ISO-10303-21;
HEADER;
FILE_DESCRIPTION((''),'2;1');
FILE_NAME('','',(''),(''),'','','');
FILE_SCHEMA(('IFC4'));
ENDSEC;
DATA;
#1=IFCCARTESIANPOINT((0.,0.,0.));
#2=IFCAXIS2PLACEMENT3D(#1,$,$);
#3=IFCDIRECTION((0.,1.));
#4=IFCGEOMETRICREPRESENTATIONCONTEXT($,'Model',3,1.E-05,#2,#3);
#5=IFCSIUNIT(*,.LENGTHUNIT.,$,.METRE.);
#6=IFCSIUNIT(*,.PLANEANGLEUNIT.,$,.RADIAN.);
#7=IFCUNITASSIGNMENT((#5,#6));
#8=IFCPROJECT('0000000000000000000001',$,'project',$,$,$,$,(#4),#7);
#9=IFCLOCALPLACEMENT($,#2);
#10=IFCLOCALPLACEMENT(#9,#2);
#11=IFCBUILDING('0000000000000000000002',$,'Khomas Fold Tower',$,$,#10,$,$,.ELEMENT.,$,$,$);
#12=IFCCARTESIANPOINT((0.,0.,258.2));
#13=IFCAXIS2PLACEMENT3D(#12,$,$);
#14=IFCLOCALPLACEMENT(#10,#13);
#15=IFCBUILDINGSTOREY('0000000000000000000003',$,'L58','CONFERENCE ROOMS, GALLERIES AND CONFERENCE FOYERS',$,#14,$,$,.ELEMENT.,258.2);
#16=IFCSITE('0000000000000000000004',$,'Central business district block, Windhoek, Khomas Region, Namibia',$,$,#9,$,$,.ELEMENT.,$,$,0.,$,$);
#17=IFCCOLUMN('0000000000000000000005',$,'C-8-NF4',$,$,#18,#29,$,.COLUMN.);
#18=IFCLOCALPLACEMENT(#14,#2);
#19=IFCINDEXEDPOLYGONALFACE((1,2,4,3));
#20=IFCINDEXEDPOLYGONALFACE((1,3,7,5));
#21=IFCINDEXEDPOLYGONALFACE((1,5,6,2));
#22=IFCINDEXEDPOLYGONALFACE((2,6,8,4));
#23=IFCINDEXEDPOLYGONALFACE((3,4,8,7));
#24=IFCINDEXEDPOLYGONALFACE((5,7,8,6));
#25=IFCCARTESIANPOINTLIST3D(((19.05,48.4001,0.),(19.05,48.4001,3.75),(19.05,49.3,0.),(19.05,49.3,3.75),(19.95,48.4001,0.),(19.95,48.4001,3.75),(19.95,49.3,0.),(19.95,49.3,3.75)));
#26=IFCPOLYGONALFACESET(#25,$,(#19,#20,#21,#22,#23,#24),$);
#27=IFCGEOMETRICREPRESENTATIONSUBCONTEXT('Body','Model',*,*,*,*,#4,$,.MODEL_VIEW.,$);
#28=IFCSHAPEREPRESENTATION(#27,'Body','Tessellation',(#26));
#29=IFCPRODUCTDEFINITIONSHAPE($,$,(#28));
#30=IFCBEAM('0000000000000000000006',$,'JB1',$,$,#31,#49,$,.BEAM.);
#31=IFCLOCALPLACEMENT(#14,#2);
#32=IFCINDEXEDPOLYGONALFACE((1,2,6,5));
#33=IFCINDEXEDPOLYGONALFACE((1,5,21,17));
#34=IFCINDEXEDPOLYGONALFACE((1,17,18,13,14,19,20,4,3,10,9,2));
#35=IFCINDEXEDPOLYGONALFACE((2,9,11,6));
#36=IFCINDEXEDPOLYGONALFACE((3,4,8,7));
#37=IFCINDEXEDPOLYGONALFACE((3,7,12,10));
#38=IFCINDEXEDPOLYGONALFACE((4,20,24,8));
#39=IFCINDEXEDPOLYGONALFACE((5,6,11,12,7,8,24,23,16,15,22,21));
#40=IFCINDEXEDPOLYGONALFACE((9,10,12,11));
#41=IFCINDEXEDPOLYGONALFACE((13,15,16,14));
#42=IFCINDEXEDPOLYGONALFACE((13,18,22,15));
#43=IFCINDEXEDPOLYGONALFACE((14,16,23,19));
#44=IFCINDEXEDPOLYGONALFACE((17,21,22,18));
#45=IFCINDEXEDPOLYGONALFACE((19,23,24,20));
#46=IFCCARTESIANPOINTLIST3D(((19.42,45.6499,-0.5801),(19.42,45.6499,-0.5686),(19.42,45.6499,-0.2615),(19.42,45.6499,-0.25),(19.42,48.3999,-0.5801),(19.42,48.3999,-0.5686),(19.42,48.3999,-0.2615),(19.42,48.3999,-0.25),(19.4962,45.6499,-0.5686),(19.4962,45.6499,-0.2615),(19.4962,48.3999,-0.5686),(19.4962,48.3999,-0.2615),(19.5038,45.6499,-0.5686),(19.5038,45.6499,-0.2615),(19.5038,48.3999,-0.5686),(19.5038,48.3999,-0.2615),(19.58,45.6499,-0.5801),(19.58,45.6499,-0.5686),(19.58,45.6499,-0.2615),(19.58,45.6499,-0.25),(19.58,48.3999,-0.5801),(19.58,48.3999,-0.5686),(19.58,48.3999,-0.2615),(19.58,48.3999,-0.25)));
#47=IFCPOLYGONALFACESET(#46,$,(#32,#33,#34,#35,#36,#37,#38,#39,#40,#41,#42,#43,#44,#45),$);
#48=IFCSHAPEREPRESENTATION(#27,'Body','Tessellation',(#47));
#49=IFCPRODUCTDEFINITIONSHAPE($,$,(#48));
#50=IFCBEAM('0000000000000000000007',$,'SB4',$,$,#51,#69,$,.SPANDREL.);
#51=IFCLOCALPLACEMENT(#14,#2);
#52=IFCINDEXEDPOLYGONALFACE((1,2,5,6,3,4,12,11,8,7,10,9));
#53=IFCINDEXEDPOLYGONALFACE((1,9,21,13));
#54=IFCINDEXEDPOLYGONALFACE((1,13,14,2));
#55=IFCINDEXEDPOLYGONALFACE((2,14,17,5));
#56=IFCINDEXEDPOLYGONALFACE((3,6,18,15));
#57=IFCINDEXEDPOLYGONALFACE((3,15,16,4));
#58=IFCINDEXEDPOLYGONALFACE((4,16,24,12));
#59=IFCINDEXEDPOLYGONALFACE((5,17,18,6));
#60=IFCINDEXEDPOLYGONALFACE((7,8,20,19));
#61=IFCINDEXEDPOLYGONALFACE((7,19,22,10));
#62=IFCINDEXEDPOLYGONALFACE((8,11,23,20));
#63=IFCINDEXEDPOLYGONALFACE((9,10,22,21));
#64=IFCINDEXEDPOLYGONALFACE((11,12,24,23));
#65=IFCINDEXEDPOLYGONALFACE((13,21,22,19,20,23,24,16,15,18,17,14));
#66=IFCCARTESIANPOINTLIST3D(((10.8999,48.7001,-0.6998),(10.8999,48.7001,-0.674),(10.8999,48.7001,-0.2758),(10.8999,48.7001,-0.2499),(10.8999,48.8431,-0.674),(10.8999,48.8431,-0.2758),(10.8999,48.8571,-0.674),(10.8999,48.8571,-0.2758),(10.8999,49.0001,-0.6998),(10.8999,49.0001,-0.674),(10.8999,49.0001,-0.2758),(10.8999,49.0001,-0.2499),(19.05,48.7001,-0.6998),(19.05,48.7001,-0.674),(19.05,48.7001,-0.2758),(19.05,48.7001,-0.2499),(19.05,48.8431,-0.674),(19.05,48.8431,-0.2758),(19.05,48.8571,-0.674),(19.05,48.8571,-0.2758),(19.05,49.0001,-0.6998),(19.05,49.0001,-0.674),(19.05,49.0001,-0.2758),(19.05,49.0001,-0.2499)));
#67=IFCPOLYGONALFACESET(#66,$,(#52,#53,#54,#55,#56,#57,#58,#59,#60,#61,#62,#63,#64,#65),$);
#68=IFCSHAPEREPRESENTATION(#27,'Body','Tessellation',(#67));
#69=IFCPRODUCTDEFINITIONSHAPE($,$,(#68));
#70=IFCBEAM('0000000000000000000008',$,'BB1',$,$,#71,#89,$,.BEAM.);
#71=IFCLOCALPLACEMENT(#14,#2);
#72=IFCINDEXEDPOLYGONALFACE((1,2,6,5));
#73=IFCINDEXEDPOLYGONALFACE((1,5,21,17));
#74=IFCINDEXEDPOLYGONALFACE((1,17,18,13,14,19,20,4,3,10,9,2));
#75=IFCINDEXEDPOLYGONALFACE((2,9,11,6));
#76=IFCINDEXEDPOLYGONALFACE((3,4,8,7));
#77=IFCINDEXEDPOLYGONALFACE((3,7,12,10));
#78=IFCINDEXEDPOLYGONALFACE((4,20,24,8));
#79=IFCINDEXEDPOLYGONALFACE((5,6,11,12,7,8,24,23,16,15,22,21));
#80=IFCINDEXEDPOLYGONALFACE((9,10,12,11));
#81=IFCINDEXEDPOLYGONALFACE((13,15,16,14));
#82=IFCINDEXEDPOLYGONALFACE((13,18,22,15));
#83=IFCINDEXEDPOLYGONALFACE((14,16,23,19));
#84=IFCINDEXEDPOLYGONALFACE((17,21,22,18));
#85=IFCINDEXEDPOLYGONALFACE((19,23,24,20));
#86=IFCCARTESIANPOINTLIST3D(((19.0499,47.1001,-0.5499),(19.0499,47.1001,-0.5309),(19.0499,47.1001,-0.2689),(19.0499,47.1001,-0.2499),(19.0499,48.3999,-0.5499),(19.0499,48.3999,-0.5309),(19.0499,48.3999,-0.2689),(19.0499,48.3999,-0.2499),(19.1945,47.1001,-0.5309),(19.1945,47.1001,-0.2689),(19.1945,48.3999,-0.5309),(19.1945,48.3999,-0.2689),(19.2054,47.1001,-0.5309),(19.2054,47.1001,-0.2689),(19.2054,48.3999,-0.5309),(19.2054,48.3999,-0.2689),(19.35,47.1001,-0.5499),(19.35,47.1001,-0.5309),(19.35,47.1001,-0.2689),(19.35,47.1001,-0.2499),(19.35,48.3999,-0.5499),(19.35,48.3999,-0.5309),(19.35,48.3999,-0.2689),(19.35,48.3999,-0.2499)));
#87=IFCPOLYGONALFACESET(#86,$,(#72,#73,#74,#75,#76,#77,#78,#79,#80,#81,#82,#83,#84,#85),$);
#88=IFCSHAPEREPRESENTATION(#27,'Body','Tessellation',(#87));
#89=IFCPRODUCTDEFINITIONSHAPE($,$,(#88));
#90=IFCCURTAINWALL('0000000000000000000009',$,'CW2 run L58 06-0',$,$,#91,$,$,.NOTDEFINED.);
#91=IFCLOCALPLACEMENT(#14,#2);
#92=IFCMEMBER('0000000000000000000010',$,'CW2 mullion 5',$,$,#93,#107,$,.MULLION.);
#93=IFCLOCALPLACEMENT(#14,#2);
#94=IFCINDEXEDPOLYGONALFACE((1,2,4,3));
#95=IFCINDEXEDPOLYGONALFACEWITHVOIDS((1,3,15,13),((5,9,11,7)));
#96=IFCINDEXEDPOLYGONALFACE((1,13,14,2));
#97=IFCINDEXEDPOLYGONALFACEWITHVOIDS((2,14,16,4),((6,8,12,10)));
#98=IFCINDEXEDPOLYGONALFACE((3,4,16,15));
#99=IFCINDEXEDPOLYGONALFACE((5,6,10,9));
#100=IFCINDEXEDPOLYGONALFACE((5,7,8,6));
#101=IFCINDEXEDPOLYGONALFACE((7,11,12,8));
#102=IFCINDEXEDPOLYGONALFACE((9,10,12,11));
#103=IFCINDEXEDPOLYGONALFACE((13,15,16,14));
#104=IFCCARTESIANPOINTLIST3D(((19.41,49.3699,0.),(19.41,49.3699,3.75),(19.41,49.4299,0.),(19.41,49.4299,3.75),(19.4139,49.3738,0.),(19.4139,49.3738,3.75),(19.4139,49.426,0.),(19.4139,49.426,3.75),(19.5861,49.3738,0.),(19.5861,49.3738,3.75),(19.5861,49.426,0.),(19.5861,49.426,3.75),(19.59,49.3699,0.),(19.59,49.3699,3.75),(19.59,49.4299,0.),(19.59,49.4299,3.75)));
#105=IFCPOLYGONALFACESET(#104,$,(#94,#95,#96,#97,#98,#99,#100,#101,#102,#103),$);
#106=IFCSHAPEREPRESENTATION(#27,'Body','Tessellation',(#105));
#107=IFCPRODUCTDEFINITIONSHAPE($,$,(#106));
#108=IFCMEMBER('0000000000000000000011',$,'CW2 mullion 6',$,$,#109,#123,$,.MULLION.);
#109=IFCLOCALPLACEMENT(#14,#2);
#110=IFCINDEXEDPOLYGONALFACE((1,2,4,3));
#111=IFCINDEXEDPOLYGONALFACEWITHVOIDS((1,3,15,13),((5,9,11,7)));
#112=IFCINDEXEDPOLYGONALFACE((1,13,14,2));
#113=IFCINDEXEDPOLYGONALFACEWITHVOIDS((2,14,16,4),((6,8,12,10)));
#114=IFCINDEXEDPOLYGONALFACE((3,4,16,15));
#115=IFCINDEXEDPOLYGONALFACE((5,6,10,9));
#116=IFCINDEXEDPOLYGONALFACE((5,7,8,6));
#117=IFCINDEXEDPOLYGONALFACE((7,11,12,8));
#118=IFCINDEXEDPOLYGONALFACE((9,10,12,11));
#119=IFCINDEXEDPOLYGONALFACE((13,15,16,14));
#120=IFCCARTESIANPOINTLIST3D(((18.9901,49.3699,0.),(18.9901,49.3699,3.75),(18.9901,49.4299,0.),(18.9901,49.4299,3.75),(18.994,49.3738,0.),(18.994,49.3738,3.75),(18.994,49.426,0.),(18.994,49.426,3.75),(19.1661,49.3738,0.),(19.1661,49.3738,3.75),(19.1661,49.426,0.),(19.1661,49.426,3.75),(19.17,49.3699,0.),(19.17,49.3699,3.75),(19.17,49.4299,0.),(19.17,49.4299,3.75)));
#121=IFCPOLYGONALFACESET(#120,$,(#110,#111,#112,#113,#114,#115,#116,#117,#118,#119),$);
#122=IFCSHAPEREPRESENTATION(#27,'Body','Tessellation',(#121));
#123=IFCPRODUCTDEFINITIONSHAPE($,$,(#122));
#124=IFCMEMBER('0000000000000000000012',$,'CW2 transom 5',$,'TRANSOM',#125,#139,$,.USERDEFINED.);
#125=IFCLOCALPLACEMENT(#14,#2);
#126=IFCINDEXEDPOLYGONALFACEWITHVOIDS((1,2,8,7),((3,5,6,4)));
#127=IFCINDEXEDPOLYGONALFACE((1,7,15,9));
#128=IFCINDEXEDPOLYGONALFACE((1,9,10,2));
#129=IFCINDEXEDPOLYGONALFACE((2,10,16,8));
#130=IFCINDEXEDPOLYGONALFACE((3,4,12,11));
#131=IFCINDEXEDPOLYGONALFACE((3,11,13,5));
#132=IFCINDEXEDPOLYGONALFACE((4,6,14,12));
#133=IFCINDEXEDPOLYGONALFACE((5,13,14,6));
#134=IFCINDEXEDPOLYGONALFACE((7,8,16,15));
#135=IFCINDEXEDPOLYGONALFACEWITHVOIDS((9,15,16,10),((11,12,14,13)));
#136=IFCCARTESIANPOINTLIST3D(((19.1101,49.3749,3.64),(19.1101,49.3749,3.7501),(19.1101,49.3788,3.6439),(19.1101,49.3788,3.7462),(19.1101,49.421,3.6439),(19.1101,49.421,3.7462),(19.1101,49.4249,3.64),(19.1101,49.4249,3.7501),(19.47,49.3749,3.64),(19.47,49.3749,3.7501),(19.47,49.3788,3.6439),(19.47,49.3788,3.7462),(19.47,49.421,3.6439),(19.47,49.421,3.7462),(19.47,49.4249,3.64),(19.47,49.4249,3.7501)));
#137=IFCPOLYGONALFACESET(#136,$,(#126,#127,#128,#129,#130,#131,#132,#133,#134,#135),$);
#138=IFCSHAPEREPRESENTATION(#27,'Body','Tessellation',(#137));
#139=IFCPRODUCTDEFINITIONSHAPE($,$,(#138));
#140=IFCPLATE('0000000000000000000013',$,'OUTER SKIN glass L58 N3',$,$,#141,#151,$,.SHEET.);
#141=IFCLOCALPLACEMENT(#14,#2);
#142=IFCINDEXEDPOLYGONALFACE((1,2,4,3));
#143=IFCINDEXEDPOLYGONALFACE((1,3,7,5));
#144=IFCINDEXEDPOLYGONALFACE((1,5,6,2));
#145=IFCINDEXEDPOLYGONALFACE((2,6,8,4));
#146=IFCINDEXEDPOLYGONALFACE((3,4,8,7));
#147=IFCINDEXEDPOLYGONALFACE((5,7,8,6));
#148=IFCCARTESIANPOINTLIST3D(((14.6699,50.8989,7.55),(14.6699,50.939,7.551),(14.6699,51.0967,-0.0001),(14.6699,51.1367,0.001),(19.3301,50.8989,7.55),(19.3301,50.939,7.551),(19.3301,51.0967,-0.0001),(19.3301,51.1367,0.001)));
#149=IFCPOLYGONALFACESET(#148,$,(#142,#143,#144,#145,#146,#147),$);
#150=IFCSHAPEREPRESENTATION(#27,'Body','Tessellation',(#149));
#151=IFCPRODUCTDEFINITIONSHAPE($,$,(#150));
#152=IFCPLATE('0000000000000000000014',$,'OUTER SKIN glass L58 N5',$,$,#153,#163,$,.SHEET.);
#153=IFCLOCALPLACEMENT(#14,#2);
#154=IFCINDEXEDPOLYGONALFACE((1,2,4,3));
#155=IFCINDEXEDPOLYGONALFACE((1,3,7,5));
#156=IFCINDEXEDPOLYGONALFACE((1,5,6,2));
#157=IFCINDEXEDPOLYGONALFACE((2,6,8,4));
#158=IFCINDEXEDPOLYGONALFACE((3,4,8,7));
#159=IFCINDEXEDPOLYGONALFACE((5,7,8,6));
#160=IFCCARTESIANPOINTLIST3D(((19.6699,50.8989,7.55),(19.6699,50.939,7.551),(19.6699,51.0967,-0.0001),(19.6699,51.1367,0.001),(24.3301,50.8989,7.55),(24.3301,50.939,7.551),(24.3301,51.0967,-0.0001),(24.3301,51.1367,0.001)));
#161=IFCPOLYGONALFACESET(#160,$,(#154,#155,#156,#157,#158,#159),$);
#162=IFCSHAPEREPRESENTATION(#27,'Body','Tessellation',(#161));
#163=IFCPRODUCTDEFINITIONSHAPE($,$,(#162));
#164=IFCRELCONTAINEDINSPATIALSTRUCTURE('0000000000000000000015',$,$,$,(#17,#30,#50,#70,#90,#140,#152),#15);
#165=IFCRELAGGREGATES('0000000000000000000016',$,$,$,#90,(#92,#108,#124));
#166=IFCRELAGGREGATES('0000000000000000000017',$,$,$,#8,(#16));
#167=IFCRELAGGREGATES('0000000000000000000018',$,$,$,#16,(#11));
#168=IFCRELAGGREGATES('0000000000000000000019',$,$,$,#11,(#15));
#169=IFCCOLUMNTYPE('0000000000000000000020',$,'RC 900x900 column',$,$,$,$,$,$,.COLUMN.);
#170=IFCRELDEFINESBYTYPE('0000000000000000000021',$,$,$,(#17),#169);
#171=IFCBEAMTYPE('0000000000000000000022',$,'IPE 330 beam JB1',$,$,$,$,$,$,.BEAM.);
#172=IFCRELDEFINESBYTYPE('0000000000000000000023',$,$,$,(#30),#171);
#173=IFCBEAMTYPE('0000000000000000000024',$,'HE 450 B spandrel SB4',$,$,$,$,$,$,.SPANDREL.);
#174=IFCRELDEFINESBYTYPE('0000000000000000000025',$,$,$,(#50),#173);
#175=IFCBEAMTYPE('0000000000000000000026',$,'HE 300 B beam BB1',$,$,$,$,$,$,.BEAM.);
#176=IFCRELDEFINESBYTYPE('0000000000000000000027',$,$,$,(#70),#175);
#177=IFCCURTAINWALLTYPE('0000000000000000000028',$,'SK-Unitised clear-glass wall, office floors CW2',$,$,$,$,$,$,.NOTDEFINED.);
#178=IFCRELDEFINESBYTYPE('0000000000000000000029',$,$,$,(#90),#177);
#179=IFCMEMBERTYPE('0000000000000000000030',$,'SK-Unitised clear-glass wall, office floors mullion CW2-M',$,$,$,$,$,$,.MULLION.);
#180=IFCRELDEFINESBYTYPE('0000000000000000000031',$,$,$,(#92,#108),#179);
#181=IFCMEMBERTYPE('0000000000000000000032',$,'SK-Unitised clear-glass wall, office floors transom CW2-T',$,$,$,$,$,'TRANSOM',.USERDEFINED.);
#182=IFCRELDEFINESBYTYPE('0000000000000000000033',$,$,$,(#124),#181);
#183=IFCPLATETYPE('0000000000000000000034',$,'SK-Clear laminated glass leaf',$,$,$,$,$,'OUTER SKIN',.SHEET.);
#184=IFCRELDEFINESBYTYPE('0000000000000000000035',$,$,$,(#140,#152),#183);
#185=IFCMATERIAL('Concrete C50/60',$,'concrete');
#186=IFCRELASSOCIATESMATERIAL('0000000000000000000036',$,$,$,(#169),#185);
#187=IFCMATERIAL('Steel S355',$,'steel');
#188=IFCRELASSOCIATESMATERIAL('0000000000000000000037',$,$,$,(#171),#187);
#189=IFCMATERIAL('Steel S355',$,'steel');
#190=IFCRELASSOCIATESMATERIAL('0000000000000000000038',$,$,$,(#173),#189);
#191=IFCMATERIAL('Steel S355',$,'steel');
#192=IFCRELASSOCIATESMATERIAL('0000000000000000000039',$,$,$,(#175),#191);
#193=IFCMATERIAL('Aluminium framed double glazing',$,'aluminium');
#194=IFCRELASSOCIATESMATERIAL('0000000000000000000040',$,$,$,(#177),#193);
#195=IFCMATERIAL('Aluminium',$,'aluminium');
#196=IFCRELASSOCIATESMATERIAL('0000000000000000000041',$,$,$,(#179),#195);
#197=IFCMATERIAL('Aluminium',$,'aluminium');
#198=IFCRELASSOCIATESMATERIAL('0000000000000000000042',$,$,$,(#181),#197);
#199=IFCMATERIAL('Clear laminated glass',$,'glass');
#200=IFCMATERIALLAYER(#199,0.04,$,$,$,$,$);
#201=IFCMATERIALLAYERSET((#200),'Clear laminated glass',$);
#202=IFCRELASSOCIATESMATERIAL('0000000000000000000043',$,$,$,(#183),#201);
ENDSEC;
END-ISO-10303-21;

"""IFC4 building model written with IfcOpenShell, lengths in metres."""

from ifc_helpers import new_model, si_unit, direction, frame, origin, origin_2d, place, context, subcontext, project, spatial, polyline, rectangle, hollow_rectangle, i_section, outline, extrude, source, transform, mapped, material, layer, layer_set, material_profile, profile_set, type_object, element, aggregate, save


model = new_model("IFC4")

# Units and contexts
model_context = context("Model", 3, precision=1e-05, world=origin(), true_north=direction((0.0, 1.0)))
body_context = subcontext(model_context, "Body", "Model", "MODEL_VIEW")
ifc_project = project(units=[si_unit("LENGTHUNIT", "METRE"), si_unit("PLANEANGLEUNIT", "RADIAN")], contexts=[model_context])

# Site, building, storey
site_placement = place(None, origin())
site = spatial("IfcSite", under=ifc_project, at=site_placement, Name="Central business district block, Windhoek, Khomas Region, Namibia", CompositionType="ELEMENT", RefElevation=0.0)
building_placement = place(site_placement, origin())
building = spatial("IfcBuilding", under=site, at=building_placement, Name="Khomas Fold Tower", CompositionType="ELEMENT")
storey_placement = place(building_placement, frame((0.0, 0.0, 258.2)))
storey = spatial("IfcBuildingStorey", under=building, at=storey_placement, Name="L58", Description="CONFERENCE ROOMS, GALLERIES AND CONFERENCE FOYERS", CompositionType="ELEMENT", Elevation=258.2)

# Column
ifc_material_1 = material(Name="Concrete C50/60", Category="concrete")
ifc_material_profile_1 = material_profile(ifc_material_1, rectangle(XDim=0.8999, YDim=0.8999, at=origin_2d()), Name="RC 900x900")
ifc_profile_set_1 = profile_set([ifc_material_profile_1], Name="Concrete C50/60")
column_type = type_object("IfcColumnType", Name="RC 900x900 column", PredefinedType="COLUMN", material=ifc_profile_set_1)
shared_shape_1 = source(origin(), body_context, "Body", "SweptSolid", [
    extrude(rectangle(XDim=0.8999, YDim=0.8999, at=origin_2d()), origin(), (0.0, 0.0, 1.0), 3.75),
])
column_placement = place(storey_placement, frame((19.5, 48.8501, 0.0), z_axis=(0.0, 0.0, 1.0), x_axis=(1.0, 0.0, 0.0)))
element("IfcColumn", 1, at=column_placement, inside=storey, type_object=column_type, Name="C-8-NF4", PredefinedType="COLUMN", context=body_context, shape_type="MappedRepresentation", body=[
    mapped(shared_shape_1, transform((0.0, 0.0, 0.0))),
])

# Beams
ifc_material_2 = material(Name="Steel S355", Category="steel")
ifc_material_profile_2 = material_profile(ifc_material_2, i_section(OverallWidth=0.1599, OverallDepth=0.3301, WebThickness=0.0076, FlangeThickness=0.0115, at=origin_2d()), Name="IPE 330")
ifc_profile_set_2 = profile_set([ifc_material_profile_2], Name="Steel S355")
beam_type_1 = type_object("IfcBeamType", Name="IPE 330 beam JB1", PredefinedType="BEAM", material=ifc_profile_set_2)
shared_shape_2 = source(origin(), body_context, "Body", "SweptSolid", [
    extrude(i_section(OverallWidth=0.1599, OverallDepth=0.3301, WebThickness=0.0076, FlangeThickness=0.0115, at=origin_2d()), origin(), (0.0, 0.0, 1.0), 2.75),
])
beam_1_placement = place(storey_placement, frame((19.5, 45.6499, -0.415), z_axis=(0.0, 1.0, 0.0), x_axis=(-1.0, 0.0, 0.0)))
element("IfcBeam", 2, at=beam_1_placement, inside=storey, type_object=beam_type_1, Name="JB1", PredefinedType="BEAM", context=body_context, shape_type="MappedRepresentation", body=[
    mapped(shared_shape_2, transform((0.0, 0.0, 0.0))),
])
ifc_material_3 = material(Name="Steel S355", Category="steel")
ifc_material_profile_3 = material_profile(ifc_material_3, i_section(OverallWidth=0.3, OverallDepth=0.45, WebThickness=0.0139, FlangeThickness=0.0259, at=origin_2d()), Name="HE 450 B")
ifc_profile_set_3 = profile_set([ifc_material_profile_3], Name="Steel S355")
beam_type_2 = type_object("IfcBeamType", Name="HE 450 B spandrel SB4", PredefinedType="SPANDREL", material=ifc_profile_set_3)
shared_shape_3 = source(origin(), body_context, "Body", "SweptSolid", [
    extrude(i_section(OverallWidth=0.3, OverallDepth=0.45, WebThickness=0.0139, FlangeThickness=0.0259, at=origin_2d()), origin(), (0.0, 0.0, 1.0), 8.1501),
])
beam_2_placement = place(storey_placement, frame((10.8999, 48.8501, -0.4749), z_axis=(1.0, 0.0, 0.0), x_axis=(0.0, 1.0, 0.0)))
element("IfcBeam", 3, at=beam_2_placement, inside=storey, type_object=beam_type_2, Name="SB4", PredefinedType="SPANDREL", context=body_context, shape_type="MappedRepresentation", body=[
    mapped(shared_shape_3, transform((0.0, 0.0, 0.0))),
])
ifc_material_4 = material(Name="Steel S355", Category="steel")
ifc_material_profile_4 = material_profile(ifc_material_4, i_section(OverallWidth=0.3, OverallDepth=0.3, WebThickness=0.011, FlangeThickness=0.019, at=origin_2d()), Name="HE 300 B")
ifc_profile_set_4 = profile_set([ifc_material_profile_4], Name="Steel S355")
beam_type_3 = type_object("IfcBeamType", Name="HE 300 B beam BB1", PredefinedType="BEAM", material=ifc_profile_set_4)
shared_shape_4 = source(origin(), body_context, "Body", "SweptSolid", [
    extrude(i_section(OverallWidth=0.3, OverallDepth=0.3, WebThickness=0.011, FlangeThickness=0.019, at=origin_2d()), origin(), (0.0, 0.0, 1.0), 1.2998),
])
beam_3_placement = place(storey_placement, frame((19.2, 47.1001, -0.3999), z_axis=(0.0, 1.0, 0.0), x_axis=(-1.0, 0.0, 0.0)))
element("IfcBeam", 4, at=beam_3_placement, inside=storey, type_object=beam_type_3, Name="BB1", PredefinedType="BEAM", context=body_context, shape_type="MappedRepresentation", body=[
    mapped(shared_shape_4, transform((0.0, 0.0, 0.0))),
])

# Curtain wall, members
ifc_material_5 = material(Name="Aluminium framed double glazing", Category="aluminium")
curtain_wall_type = type_object("IfcCurtainWallType", Name="SK-Unitised clear-glass wall, office floors CW2", PredefinedType="NOTDEFINED", material=ifc_material_5)
curtain_wall_placement = place(storey_placement, origin())
curtain_wall = element("IfcCurtainWall", 5, at=curtain_wall_placement, inside=storey, type_object=curtain_wall_type, Name="CW2 run L58 06-0", PredefinedType="NOTDEFINED")
ifc_material_6 = material(Name="Aluminium", Category="aluminium")
ifc_material_profile_5 = material_profile(ifc_material_6, hollow_rectangle(XDim=0.0601, YDim=0.1799, WallThickness=0.0039, at=origin_2d()), Name="SK-Unitised clear-glass wall, office floors mullion CW2-M")
ifc_profile_set_5 = profile_set([ifc_material_profile_5], Name="Aluminium")
member_type_1 = type_object("IfcMemberType", Name="SK-Unitised clear-glass wall, office floors mullion CW2-M", PredefinedType="MULLION", material=ifc_profile_set_5)
shared_shape_5 = source(origin(), body_context, "Body", "SweptSolid", [
    extrude(hollow_rectangle(XDim=0.0601, YDim=0.1799, WallThickness=0.0039, at=origin_2d()), origin(), (0.0, 0.0, 1.0), 3.75),
])
member_1_placement = place(storey_placement, frame((19.5, 49.3999, 0.0), z_axis=(0.0, 0.0, 1.0), x_axis=(0.0, -1.0, 0.0)))
member_1 = element("IfcMember", 6, at=member_1_placement, type_object=member_type_1, Name="CW2 mullion 5", PredefinedType="MULLION", context=body_context, shape_type="MappedRepresentation", body=[
    mapped(shared_shape_5, transform((0.0, 0.0, 0.0))),
])
member_2_placement = place(storey_placement, frame((19.0801, 49.3999, 0.0), z_axis=(0.0, 0.0, 1.0), x_axis=(0.0, -1.0, 0.0)))
member_2 = element("IfcMember", 7, at=member_2_placement, type_object=member_type_1, Name="CW2 mullion 6", PredefinedType="MULLION", context=body_context, shape_type="MappedRepresentation", body=[
    mapped(shared_shape_5, transform((0.0, 0.0, 0.0))),
])
ifc_material_7 = material(Name="Aluminium", Category="aluminium")
ifc_material_profile_6 = material_profile(ifc_material_7, hollow_rectangle(XDim=0.05, YDim=0.1101, WallThickness=0.0039, at=origin_2d()), Name="SK-Unitised clear-glass wall, office floors transom CW2-T")
ifc_profile_set_6 = profile_set([ifc_material_profile_6], Name="Aluminium")
member_type_2 = type_object("IfcMemberType", Name="SK-Unitised clear-glass wall, office floors transom CW2-T", ElementType="TRANSOM", PredefinedType="USERDEFINED", material=ifc_profile_set_6)
shared_shape_6 = source(origin(), body_context, "Body", "SweptSolid", [
    extrude(hollow_rectangle(XDim=0.05, YDim=0.1101, WallThickness=0.0039, at=origin_2d()), origin(), (0.0, 0.0, 1.0), 0.3599),
])
member_3_placement = place(storey_placement, frame((19.47, 49.3999, 3.6951), z_axis=(-1.0, 0.0, 0.0), x_axis=(0.0, -1.0, 0.0)))
member_3 = element("IfcMember", 8, at=member_3_placement, type_object=member_type_2, Name="CW2 transom 5", ObjectType="TRANSOM", PredefinedType="USERDEFINED", context=body_context, shape_type="MappedRepresentation", body=[
    mapped(shared_shape_6, transform((0.0, 0.0, 0.0))),
])

# Plates
ifc_material_8 = material(Name="Clear laminated glass", Category="glass")
ifc_layer_1 = layer(ifc_material_8, 0.04)
ifc_layer_set_1 = layer_set([ifc_layer_1], Name="Clear laminated glass")
plate_type_1 = type_object("IfcPlateType", Name="SK-Clear laminated glass leaf", ElementType="OUTER SKIN", PredefinedType="SHEET", material=ifc_layer_set_1)
for number, where, z_axis, x_axis, name in (
    (9, (14.6699, 51.1367, 0.001), (0.0, 0.999657, 0.026183), (1.0, 0.0, 0.0), "OUTER SKIN glass L58 N3"),
    (10, (19.6699, 51.1367, 0.001), (0.0, 0.999657, 0.026183), (1.0, 0.0, 0.0), "OUTER SKIN glass L58 N5"),
):
    element("IfcPlate", number, at=place(storey_placement, frame(where, z_axis=z_axis, x_axis=x_axis)), inside=storey, type_object=plate_type_1, Name=name, PredefinedType="SHEET", context=body_context, shape_type="SweptSolid", body=[
        extrude(outline(polyline([(0.0, 0.0), (4.6602, 0.0), (4.6602, -7.5526), (0.0, -7.5526), (0.0, 0.0)])), origin(), (0.0, 0.0, -1.0), 0.04),
    ])

aggregate(curtain_wall, [member_1, member_2, member_3])

save(model, "model.ifc")
